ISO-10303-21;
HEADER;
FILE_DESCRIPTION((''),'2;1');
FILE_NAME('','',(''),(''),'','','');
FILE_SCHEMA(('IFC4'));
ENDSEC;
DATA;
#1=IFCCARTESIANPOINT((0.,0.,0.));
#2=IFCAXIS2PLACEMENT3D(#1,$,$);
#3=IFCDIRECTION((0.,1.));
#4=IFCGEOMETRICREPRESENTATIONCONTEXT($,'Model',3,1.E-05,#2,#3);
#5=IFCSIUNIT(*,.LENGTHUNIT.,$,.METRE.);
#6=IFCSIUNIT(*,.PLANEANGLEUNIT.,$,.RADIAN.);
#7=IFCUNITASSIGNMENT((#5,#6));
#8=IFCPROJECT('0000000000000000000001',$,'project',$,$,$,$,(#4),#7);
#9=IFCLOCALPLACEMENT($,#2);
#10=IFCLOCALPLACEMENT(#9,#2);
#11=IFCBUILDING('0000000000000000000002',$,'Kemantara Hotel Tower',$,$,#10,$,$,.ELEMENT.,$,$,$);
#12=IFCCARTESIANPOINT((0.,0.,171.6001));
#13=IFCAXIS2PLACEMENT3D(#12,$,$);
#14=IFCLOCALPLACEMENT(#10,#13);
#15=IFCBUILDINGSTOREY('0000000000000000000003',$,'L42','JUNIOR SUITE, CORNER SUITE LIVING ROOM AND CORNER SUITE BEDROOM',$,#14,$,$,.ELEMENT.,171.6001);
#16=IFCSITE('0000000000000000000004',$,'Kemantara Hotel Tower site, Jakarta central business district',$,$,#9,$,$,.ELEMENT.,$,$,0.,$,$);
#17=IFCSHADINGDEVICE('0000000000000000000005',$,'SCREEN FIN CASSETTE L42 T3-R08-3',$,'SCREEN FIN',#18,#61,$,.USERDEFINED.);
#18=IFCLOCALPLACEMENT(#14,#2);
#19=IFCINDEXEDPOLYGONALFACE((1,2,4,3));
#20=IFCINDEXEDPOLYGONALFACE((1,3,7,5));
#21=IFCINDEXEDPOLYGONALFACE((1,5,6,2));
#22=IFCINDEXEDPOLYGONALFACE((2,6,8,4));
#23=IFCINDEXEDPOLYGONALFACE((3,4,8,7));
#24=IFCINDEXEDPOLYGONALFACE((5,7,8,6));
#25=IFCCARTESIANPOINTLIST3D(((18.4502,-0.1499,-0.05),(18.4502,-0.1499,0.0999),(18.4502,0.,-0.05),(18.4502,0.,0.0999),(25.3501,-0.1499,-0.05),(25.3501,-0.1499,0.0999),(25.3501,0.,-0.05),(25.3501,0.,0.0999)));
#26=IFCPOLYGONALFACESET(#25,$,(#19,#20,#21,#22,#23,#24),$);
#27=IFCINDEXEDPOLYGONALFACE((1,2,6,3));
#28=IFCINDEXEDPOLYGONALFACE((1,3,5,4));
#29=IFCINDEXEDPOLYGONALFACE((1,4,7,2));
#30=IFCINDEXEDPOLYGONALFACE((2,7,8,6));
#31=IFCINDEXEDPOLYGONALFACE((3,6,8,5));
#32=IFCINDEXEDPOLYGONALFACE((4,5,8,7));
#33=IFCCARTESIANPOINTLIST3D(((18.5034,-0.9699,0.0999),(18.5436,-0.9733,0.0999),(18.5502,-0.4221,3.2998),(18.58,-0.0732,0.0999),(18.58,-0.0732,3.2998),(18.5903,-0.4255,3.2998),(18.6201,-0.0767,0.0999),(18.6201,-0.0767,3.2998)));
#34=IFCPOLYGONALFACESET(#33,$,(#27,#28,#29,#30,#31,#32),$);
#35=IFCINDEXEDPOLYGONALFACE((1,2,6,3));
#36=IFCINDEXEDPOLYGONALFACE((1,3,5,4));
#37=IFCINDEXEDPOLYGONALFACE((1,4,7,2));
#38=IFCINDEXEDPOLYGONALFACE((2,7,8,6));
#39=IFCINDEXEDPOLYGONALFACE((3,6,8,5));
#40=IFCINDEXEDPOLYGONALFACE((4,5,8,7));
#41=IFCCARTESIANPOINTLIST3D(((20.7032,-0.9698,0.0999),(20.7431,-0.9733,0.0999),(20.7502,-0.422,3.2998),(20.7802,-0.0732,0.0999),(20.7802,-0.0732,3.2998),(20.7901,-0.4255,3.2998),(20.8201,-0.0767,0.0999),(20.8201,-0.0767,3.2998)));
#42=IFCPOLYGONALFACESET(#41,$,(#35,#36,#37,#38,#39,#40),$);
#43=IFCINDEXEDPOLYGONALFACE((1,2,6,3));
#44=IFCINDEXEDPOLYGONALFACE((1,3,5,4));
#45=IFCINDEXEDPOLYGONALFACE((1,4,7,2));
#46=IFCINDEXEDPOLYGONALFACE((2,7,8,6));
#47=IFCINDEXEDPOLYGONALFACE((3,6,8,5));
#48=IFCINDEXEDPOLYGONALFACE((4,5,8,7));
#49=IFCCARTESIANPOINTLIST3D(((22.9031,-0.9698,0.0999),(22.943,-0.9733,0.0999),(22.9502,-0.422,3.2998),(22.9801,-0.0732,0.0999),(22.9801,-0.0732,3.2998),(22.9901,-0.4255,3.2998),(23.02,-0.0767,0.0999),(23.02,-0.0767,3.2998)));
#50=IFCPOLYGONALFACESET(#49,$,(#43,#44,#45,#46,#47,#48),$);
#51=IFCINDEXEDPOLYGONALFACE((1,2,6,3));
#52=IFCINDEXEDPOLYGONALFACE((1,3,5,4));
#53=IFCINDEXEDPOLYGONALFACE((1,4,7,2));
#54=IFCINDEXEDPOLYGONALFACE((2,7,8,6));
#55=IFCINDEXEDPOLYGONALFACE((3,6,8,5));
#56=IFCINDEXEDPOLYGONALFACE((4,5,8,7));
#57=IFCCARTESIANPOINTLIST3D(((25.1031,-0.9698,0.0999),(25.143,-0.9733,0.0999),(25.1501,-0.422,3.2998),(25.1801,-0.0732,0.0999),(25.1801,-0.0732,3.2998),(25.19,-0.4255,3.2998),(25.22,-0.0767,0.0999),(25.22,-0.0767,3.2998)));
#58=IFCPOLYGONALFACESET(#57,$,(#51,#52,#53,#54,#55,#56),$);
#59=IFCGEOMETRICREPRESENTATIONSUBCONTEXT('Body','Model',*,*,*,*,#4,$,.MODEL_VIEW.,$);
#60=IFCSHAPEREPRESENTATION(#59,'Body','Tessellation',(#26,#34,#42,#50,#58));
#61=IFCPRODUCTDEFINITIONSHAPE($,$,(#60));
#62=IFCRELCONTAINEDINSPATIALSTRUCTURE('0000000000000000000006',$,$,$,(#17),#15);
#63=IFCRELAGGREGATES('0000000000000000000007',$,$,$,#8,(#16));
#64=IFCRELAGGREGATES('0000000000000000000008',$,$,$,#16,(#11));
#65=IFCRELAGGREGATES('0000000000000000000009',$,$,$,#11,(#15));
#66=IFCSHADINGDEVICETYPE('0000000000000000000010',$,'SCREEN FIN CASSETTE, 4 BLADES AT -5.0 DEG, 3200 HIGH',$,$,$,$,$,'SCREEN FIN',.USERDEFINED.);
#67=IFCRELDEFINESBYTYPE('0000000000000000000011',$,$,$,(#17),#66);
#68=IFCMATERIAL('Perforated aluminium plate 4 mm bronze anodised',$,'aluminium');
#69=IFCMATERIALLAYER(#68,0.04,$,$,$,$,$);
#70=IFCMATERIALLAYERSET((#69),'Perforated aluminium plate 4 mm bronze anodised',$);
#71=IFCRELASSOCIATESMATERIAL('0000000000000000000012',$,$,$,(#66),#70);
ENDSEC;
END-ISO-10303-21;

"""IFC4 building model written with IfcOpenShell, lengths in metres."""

from ifc_helpers import new_model, si_unit, direction, frame, origin, origin_2d, place, context, subcontext, project, spatial, polyline, rectangle, outline, extrude, source, transform, mapped, material, layer, layer_set, type_object, element, save


model = new_model("IFC4")

# Units and contexts
model_context = context("Model", 3, precision=1e-05, world=origin(), true_north=direction((0.0, 1.0)))
body_context = subcontext(model_context, "Body", "Model", "MODEL_VIEW")
ifc_project = project(units=[si_unit("LENGTHUNIT", "METRE"), si_unit("PLANEANGLEUNIT", "RADIAN")], contexts=[model_context])

# Site, building, storey
site_placement = place(None, origin())
site = spatial("IfcSite", under=ifc_project, at=site_placement, Name="Kemantara Hotel Tower site, Jakarta central business district", CompositionType="ELEMENT", RefElevation=0.0)
building_placement = place(site_placement, origin())
building = spatial("IfcBuilding", under=site, at=building_placement, Name="Kemantara Hotel Tower", CompositionType="ELEMENT")
storey_placement = place(building_placement, frame((0.0, 0.0, 171.6001)))
storey = spatial("IfcBuildingStorey", under=building, at=storey_placement, Name="L42", Description="JUNIOR SUITE, CORNER SUITE LIVING ROOM AND CORNER SUITE BEDROOM", CompositionType="ELEMENT", Elevation=171.6001)

# Shading device
ifc_material_1 = material(Name="Perforated aluminium plate 4 mm bronze anodised", Category="aluminium")
ifc_layer_1 = layer(ifc_material_1, 0.04)
ifc_layer_set_1 = layer_set([ifc_layer_1], Name="Perforated aluminium plate 4 mm bronze anodised")
shading_device_type = type_object("IfcShadingDeviceType", Name="SCREEN FIN CASSETTE, 4 BLADES AT -5.0 DEG, 3200 HIGH", ElementType="SCREEN FIN", PredefinedType="USERDEFINED", material=ifc_layer_set_1)
shared_shape = source(origin(), body_context, "Body", "SweptSolid", [
    extrude(rectangle(XDim=6.8999, YDim=0.1499, at=origin_2d()), frame((3.3, -0.075, -0.1499), z_axis=(0.0, 0.0, 1.0), x_axis=(1.0, 0.0, 0.0)), (0.0, 0.0, 1.0), 0.1499),
    extrude(outline(polyline([(0.0, 0.0), (0.8999, 0.0), (0.3501, 3.2), (0.0, 3.2), (0.0, 0.0)])), frame((0.02, -0.0767, 0.0), z_axis=(-0.996376, 0.085056, 0.0), x_axis=(-0.085056, -0.996376, 0.0)), (0.0, 0.0, 1.0), 0.0403),
    extrude(outline(polyline([(0.0, 0.0), (0.8999, 0.0), (0.3501, 3.2), (0.0, 3.2), (0.0, 0.0)])), frame((2.22, -0.0767, 0.0), z_axis=(-0.996332, 0.085575, 0.0), x_axis=(-0.085575, -0.996332, 0.0)), (0.0, 0.0, 1.0), 0.04),
    extrude(outline(polyline([(0.0, 0.0), (0.8999, 0.0), (0.3501, 3.2), (0.0, 3.2), (0.0, 0.0)])), frame((4.4199, -0.0767, 0.0), z_axis=(-0.996332, 0.085575, 0.0), x_axis=(-0.085575, -0.996332, 0.0)), (0.0, 0.0, 1.0), 0.04),
    extrude(outline(polyline([(0.0, 0.0), (0.8999, 0.0), (0.3501, 3.2), (0.0, 3.2), (0.0, 0.0)])), frame((6.6199, -0.0767, 0.0), z_axis=(-0.996332, 0.085575, 0.0), x_axis=(-0.085575, -0.996332, 0.0)), (0.0, 0.0, 1.0), 0.04),
])
shading_device_placement = place(storey_placement, frame((18.6001, 0.0, 0.0999), z_axis=(0.0, 0.0, 1.0), x_axis=(1.0, 0.0, 0.0)))
element("IfcShadingDevice", 1, at=shading_device_placement, inside=storey, type_object=shading_device_type, Name="SCREEN FIN CASSETTE L42 T3-R08-3", ObjectType="SCREEN FIN", PredefinedType="USERDEFINED", context=body_context, shape_type="MappedRepresentation", body=[
    mapped(shared_shape, transform((0.0, 0.0, 0.0))),
])

save(model, "model.ifc")
